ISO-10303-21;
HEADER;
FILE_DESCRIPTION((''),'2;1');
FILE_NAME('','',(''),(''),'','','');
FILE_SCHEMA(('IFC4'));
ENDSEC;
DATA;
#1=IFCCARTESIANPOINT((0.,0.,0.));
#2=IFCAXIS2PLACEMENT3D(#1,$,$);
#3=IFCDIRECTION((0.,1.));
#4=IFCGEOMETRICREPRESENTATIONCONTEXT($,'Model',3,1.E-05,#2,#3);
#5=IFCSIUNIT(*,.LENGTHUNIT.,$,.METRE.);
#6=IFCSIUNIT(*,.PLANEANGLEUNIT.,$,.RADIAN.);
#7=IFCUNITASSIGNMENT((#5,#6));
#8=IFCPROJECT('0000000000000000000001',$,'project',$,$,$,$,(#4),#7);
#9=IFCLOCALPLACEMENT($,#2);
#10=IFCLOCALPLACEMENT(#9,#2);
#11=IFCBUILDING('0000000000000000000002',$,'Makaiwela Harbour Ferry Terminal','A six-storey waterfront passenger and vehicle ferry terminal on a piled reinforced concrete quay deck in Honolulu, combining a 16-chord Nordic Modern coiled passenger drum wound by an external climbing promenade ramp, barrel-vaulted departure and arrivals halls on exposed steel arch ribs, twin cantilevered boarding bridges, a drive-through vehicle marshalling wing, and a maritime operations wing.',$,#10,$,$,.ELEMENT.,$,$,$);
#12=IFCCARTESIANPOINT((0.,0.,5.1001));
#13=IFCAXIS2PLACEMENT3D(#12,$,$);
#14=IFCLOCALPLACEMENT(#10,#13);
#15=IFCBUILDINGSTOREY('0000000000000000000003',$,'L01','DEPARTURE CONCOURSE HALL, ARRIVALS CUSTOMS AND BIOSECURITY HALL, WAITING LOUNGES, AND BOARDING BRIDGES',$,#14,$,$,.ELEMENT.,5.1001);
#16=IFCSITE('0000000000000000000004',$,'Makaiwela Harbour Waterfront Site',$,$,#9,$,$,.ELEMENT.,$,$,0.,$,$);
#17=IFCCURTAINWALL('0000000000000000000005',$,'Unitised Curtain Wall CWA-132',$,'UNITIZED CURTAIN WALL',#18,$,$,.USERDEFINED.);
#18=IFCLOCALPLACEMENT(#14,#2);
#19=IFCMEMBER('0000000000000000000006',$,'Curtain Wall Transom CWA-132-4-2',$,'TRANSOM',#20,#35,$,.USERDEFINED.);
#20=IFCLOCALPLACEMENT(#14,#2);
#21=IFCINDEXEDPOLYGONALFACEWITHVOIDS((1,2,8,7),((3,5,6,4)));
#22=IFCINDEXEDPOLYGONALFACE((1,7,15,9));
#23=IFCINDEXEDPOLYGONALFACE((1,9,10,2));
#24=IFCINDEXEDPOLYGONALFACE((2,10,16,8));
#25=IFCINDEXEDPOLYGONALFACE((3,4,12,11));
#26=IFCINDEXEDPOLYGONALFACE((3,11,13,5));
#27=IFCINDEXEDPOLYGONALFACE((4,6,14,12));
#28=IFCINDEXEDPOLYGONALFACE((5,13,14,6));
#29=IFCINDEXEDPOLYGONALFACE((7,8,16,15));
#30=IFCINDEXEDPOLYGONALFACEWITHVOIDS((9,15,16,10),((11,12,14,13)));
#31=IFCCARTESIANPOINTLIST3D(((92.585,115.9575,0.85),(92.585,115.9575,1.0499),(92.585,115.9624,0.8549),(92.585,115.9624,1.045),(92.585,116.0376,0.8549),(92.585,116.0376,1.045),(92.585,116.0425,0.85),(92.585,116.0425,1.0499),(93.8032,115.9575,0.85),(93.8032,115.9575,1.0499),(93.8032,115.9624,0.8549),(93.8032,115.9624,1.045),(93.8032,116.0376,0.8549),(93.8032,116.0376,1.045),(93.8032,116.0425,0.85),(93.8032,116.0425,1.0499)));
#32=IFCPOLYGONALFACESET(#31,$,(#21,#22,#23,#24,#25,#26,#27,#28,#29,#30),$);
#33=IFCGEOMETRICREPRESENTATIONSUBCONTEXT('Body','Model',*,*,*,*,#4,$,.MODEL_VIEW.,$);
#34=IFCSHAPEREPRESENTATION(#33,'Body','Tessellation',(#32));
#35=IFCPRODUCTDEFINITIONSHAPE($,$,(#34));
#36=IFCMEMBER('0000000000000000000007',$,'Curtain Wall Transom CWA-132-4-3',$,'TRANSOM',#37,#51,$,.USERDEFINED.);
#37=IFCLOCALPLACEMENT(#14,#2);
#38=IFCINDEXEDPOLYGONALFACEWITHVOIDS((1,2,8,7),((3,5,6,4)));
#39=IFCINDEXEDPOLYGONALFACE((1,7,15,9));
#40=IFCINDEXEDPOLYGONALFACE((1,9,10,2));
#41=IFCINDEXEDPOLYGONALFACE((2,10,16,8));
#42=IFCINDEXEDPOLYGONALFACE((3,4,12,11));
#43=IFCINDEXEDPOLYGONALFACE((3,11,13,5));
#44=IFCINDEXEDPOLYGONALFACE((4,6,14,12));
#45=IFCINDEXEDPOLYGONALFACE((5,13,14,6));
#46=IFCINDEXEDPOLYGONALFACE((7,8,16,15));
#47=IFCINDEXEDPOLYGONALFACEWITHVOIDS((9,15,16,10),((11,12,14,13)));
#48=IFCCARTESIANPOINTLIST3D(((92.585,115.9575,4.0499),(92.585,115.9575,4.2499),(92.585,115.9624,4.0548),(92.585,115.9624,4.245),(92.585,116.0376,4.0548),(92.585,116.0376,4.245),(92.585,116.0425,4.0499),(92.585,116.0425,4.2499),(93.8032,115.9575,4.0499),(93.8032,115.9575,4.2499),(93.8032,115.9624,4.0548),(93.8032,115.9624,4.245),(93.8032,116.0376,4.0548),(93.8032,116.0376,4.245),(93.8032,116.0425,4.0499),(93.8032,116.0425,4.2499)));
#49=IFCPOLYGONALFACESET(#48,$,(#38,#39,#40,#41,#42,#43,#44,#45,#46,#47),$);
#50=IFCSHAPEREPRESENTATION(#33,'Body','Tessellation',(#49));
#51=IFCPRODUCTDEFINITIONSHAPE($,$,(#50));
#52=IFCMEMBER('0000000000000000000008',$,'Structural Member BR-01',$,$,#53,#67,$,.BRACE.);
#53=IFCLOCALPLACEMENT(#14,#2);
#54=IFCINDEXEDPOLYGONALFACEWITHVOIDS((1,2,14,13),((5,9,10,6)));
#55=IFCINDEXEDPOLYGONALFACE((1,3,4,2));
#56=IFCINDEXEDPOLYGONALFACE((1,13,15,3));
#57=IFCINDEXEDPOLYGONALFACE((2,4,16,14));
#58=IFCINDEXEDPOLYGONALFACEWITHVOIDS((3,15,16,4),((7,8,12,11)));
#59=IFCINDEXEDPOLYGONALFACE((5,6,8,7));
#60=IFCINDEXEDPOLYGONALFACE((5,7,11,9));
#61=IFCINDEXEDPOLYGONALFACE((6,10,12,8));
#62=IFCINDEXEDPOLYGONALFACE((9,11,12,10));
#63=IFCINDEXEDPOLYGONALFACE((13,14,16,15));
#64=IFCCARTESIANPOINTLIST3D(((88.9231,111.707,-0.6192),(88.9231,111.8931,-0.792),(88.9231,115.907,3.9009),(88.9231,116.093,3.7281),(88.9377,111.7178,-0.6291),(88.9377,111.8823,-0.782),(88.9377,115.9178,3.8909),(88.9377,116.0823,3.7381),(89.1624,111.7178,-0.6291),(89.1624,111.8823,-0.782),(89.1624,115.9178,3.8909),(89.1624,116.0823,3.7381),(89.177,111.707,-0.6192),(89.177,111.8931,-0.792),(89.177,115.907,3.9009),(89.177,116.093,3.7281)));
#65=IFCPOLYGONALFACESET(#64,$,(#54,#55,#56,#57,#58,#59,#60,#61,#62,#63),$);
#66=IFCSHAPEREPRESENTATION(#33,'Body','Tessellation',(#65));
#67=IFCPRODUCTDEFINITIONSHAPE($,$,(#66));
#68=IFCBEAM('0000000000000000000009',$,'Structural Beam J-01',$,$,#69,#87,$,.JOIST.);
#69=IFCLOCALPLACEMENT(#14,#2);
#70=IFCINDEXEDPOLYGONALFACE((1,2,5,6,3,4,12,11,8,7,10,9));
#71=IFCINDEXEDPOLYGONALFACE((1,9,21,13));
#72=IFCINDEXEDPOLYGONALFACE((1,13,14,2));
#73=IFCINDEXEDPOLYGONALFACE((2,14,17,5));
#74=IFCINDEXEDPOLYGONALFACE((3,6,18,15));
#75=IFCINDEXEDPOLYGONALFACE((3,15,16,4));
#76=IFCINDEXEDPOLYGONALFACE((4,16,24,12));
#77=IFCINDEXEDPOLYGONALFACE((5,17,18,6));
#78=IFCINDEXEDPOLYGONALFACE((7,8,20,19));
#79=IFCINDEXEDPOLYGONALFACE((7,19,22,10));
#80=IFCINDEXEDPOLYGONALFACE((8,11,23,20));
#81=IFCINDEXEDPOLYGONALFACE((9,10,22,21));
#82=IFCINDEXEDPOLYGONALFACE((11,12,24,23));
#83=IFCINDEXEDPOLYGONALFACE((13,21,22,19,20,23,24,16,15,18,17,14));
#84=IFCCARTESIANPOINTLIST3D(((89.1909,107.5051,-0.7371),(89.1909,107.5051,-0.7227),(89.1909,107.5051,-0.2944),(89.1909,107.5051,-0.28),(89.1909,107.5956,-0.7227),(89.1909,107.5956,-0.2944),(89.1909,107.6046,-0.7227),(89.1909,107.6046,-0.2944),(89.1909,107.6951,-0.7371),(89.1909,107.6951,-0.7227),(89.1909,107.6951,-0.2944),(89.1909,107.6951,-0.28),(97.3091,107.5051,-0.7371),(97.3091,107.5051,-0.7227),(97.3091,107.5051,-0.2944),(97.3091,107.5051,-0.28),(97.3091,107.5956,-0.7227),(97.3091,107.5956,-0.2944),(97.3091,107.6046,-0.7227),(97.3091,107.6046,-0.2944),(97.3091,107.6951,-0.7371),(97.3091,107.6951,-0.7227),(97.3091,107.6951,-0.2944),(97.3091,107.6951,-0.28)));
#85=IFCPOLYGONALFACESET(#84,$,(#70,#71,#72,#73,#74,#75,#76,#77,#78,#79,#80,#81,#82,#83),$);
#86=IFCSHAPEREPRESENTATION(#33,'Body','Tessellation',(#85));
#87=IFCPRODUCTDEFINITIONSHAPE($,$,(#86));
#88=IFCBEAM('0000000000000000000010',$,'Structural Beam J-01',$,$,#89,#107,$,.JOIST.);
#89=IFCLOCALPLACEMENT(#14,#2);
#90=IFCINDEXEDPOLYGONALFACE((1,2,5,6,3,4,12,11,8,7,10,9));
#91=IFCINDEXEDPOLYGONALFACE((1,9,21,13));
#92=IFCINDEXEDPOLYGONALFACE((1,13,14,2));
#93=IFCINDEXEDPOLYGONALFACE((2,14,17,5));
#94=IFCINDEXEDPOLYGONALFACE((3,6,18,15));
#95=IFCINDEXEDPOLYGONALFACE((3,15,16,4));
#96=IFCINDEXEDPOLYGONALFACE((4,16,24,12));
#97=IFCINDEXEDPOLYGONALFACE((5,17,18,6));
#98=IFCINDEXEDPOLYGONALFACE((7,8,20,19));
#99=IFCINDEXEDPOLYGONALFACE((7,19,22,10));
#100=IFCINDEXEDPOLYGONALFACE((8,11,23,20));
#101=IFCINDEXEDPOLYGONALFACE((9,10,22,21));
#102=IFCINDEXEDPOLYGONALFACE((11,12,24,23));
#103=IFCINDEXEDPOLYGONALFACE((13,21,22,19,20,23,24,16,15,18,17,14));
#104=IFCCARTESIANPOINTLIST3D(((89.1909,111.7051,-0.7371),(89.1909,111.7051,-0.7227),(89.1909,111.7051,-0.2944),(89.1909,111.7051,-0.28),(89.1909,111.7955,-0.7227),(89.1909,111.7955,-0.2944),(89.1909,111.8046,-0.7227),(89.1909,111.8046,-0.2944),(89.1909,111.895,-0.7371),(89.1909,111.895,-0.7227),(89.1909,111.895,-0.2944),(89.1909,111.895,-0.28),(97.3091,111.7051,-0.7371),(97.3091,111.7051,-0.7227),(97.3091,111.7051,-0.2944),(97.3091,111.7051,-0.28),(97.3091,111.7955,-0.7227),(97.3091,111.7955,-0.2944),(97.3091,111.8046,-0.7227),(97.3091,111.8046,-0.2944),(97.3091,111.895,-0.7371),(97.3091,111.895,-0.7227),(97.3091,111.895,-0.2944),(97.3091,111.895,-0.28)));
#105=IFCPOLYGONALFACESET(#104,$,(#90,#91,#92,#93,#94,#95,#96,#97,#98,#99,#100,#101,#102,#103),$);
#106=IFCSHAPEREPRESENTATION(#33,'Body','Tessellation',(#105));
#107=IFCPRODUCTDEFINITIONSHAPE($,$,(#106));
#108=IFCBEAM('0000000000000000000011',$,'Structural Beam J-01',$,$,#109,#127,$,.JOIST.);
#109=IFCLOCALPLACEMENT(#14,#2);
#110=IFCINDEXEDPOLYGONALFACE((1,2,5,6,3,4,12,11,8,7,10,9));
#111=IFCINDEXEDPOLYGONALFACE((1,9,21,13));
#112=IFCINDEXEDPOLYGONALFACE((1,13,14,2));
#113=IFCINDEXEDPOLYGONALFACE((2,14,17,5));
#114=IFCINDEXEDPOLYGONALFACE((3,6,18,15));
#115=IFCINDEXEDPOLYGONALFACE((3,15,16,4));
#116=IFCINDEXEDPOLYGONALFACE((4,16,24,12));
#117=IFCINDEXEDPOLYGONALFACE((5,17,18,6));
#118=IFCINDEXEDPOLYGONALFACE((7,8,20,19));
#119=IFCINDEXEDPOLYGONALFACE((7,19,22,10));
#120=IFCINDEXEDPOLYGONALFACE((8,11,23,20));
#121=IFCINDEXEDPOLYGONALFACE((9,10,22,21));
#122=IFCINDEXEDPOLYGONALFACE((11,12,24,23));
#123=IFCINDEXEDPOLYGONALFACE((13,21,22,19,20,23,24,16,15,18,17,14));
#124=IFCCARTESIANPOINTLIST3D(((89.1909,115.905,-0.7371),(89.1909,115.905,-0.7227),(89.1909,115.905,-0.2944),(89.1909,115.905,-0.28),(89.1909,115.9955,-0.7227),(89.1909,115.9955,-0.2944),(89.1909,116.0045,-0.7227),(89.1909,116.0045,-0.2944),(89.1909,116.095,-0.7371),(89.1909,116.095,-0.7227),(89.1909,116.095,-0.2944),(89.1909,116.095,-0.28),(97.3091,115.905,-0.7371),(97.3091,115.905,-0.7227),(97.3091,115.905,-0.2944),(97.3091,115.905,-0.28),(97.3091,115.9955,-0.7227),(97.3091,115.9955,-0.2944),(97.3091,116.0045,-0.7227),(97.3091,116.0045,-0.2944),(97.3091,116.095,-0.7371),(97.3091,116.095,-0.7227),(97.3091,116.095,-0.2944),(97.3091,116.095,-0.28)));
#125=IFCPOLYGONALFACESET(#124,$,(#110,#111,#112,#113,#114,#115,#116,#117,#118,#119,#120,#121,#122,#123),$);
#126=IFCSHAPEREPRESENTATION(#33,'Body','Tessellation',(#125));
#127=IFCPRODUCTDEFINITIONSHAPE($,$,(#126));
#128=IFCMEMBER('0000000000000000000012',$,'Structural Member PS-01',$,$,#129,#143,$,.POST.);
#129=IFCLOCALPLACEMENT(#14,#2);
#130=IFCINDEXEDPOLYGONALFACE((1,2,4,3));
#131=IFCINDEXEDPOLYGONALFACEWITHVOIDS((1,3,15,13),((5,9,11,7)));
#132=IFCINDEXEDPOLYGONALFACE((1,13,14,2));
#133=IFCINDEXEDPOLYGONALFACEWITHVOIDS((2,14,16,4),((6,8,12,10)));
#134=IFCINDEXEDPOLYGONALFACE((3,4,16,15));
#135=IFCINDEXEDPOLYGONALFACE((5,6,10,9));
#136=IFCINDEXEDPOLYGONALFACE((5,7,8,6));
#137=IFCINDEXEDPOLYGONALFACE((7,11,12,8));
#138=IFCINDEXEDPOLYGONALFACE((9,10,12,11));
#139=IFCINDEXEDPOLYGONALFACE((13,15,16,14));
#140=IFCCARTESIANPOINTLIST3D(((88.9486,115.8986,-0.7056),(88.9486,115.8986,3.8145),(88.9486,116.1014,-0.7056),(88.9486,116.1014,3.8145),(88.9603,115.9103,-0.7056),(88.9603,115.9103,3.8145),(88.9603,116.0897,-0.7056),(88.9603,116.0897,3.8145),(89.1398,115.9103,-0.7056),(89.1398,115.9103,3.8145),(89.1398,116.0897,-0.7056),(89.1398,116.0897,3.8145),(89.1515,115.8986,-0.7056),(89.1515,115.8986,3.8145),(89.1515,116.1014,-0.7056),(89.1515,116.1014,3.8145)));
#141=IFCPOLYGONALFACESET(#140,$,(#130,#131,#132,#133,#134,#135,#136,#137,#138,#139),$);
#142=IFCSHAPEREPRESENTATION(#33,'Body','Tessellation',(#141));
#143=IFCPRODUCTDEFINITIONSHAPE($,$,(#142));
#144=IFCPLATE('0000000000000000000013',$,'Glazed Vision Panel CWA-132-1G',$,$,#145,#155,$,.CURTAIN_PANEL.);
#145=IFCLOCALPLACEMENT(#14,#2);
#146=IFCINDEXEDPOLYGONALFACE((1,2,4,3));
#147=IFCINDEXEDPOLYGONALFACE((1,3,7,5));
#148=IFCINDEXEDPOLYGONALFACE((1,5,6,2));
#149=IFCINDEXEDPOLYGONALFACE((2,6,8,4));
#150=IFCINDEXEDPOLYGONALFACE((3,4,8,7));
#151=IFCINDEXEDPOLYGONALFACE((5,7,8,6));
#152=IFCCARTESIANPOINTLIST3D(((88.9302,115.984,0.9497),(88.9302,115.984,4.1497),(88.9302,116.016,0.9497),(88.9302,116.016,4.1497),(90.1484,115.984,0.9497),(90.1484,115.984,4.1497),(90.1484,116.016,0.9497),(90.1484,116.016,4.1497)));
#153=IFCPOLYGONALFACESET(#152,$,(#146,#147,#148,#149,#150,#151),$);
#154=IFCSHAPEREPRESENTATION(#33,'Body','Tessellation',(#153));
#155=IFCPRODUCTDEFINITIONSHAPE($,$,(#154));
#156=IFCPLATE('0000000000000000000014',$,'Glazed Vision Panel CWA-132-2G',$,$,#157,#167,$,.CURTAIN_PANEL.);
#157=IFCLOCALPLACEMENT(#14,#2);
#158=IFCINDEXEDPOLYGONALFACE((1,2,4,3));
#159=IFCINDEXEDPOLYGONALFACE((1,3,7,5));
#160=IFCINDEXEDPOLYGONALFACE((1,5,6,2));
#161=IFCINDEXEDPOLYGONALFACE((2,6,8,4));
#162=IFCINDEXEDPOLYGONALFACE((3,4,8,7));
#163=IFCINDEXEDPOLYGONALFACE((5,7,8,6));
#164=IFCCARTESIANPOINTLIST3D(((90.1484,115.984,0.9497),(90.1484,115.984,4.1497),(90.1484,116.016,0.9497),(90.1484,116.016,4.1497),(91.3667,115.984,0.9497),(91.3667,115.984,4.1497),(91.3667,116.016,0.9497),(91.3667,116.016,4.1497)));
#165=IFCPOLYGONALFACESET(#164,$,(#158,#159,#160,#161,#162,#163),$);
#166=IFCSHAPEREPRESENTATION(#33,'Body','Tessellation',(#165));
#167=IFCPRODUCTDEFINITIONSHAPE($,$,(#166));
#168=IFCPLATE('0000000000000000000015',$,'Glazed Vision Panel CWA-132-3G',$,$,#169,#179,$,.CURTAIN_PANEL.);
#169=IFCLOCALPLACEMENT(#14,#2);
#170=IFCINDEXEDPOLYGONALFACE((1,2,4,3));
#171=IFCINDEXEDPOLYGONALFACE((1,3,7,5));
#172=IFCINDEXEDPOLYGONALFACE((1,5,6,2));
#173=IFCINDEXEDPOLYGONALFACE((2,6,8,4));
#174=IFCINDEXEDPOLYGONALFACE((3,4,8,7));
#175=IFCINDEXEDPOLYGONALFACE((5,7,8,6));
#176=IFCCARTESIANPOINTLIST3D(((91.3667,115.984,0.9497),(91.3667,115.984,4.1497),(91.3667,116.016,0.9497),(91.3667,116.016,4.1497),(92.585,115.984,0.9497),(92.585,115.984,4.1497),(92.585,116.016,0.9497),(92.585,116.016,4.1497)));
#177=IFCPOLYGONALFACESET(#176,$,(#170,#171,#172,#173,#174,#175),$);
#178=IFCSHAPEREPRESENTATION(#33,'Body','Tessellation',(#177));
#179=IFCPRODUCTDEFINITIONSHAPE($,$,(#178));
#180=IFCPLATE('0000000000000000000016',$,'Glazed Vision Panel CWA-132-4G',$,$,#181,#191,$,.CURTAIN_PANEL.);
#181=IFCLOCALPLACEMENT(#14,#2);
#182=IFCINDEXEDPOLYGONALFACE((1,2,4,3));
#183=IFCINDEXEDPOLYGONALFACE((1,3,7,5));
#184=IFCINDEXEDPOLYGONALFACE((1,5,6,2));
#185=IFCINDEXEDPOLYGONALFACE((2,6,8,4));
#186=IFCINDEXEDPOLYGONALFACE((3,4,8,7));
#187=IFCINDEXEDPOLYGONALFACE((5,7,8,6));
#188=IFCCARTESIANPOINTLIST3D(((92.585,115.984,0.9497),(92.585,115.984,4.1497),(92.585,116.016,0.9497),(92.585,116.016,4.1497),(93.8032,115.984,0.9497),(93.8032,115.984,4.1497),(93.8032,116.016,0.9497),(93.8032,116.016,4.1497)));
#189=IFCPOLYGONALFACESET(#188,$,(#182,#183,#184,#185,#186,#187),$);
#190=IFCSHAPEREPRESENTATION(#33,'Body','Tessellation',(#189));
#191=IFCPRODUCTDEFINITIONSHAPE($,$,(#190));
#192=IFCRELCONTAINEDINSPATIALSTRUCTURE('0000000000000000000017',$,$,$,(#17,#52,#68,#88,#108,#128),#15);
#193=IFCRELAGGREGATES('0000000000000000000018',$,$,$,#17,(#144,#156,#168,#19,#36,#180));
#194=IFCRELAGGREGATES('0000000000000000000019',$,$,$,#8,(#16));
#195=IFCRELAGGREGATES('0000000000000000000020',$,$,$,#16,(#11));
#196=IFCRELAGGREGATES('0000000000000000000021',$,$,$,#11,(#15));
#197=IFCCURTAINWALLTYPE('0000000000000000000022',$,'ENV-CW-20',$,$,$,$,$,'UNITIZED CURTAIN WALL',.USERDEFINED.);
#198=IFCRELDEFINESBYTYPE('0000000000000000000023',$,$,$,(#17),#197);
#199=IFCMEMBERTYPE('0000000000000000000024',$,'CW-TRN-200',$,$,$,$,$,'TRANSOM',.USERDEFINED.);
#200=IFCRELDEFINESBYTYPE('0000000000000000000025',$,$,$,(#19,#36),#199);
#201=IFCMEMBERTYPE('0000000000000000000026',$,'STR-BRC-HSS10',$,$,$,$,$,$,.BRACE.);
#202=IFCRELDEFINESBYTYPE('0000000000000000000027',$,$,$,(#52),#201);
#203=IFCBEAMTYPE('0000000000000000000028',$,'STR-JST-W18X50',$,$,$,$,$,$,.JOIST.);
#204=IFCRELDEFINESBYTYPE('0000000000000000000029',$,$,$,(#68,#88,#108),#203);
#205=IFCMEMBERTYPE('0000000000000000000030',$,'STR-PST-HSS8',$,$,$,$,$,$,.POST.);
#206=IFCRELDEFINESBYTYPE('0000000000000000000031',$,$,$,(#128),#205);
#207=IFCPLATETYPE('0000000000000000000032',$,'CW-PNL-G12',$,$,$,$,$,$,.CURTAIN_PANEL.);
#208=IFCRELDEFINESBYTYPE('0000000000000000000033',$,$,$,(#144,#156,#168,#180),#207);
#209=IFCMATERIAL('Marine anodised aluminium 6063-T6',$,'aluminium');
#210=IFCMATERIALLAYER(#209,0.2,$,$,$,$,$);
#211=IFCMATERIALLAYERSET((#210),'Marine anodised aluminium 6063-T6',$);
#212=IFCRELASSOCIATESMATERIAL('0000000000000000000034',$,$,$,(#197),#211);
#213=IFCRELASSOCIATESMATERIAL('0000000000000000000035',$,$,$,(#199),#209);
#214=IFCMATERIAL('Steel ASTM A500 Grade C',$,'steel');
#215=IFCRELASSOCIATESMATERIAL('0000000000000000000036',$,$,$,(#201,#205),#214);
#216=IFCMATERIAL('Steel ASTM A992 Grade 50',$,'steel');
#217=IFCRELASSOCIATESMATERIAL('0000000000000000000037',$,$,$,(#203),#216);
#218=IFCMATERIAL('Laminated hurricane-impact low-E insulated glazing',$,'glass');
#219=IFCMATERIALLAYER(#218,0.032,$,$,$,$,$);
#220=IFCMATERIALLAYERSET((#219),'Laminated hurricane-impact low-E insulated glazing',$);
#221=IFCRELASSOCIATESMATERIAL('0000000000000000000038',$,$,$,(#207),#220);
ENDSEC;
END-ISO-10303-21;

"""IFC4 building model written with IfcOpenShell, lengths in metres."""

from ifc_helpers import new_model, si_unit, direction, frame, origin, origin_2d, place, context, subcontext, project, spatial, rectangle, hollow_rectangle, i_section, extrude, material, layer, layer_set, material_profile, profile_set, type_object, element, aggregate, save


model = new_model("IFC4")

# Units and contexts
model_context = context("Model", 3, precision=1e-05, world=origin(), true_north=direction((0.0, 1.0)))
body_context = subcontext(model_context, "Body", "Model", "MODEL_VIEW")
ifc_project = project(units=[si_unit("LENGTHUNIT", "METRE"), si_unit("PLANEANGLEUNIT", "RADIAN")], contexts=[model_context])

# Site, building, storey
site_placement = place(None, origin())
site = spatial("IfcSite", under=ifc_project, at=site_placement, Name="Makaiwela Harbour Waterfront Site", CompositionType="ELEMENT", RefElevation=0.0)
building_placement = place(site_placement, origin())
building = spatial("IfcBuilding", under=site, at=building_placement, Name="Makaiwela Harbour Ferry Terminal", Description="A six-storey waterfront passenger and vehicle ferry terminal on a piled reinforced concrete quay deck in Honolulu, combining a 16-chord Nordic Modern coiled passenger drum wound by an external climbing promenade ramp, barrel-vaulted departure and arrivals halls on exposed steel arch ribs, twin cantilevered boarding bridges, a drive-through vehicle marshalling wing, and a maritime operations wing.", CompositionType="ELEMENT")
storey_placement = place(building_placement, frame((0.0, 0.0, 5.1001)))
storey = spatial("IfcBuildingStorey", under=building, at=storey_placement, Name="L01", Description="DEPARTURE CONCOURSE HALL, ARRIVALS CUSTOMS AND BIOSECURITY HALL, WAITING LOUNGES, AND BOARDING BRIDGES", CompositionType="ELEMENT", Elevation=5.1001)

# Curtain wall, members
ifc_material_1 = material(Name="Marine anodised aluminium 6063-T6", Category="aluminium")
ifc_layer_1 = layer(ifc_material_1, 0.2)
ifc_layer_set_1 = layer_set([ifc_layer_1], Name="Marine anodised aluminium 6063-T6")
curtain_wall_type = type_object("IfcCurtainWallType", Name="ENV-CW-20", ElementType="UNITIZED CURTAIN WALL", PredefinedType="USERDEFINED", material=ifc_layer_set_1)
curtain_wall_placement = place(storey_placement, origin())
curtain_wall = element("IfcCurtainWall", 1, at=curtain_wall_placement, inside=storey, type_object=curtain_wall_type, Name="Unitised Curtain Wall CWA-132", ObjectType="UNITIZED CURTAIN WALL", PredefinedType="USERDEFINED")
ifc_material_profile_1 = material_profile(ifc_material_1, hollow_rectangle(XDim=0.085, YDim=0.2, WallThickness=0.0049, at=origin_2d()), Name="CWT-200X85")
ifc_profile_set_1 = profile_set([ifc_material_profile_1], Name="Marine anodised aluminium 6063-T6")
member_type_1 = type_object("IfcMemberType", Name="CW-TRN-200", ElementType="TRANSOM", PredefinedType="USERDEFINED", material=ifc_profile_set_1)
member_1_placement = place(storey_placement, frame((92.585, 116.0, 0.95), z_axis=(1.0, 0.0, 0.0), x_axis=(0.0, 1.0, 0.0)))
member_1 = element("IfcMember", 2, at=member_1_placement, type_object=member_type_1, Name="Curtain Wall Transom CWA-132-4-2", ObjectType="TRANSOM", PredefinedType="USERDEFINED", context=body_context, shape_type="SweptSolid", body=[
    extrude(hollow_rectangle(XDim=0.085, YDim=0.2, WallThickness=0.0049, at=origin_2d()), origin(), (0.0, 0.0, 1.0), 1.2183),
])
member_2_placement = place(storey_placement, frame((92.585, 116.0, 4.1499), z_axis=(1.0, 0.0, 0.0), x_axis=(0.0, 1.0, 0.0)))
member_2 = element("IfcMember", 3, at=member_2_placement, type_object=member_type_1, Name="Curtain Wall Transom CWA-132-4-3", ObjectType="TRANSOM", PredefinedType="USERDEFINED", context=body_context, shape_type="SweptSolid", body=[
    extrude(hollow_rectangle(XDim=0.085, YDim=0.2, WallThickness=0.0049, at=origin_2d()), origin(), (0.0, 0.0, 1.0), 1.2183),
])

# Member
ifc_material_2 = material(Name="Steel ASTM A500 Grade C", Category="steel")
ifc_material_profile_2 = material_profile(ifc_material_2, hollow_rectangle(XDim=0.2539, YDim=0.2539, WallThickness=0.0146, at=origin_2d()), Name="HSS10X10X5/8")
ifc_profile_set_2 = profile_set([ifc_material_profile_2], Name="Steel ASTM A500 Grade C")
member_type_2 = type_object("IfcMemberType", Name="STR-BRC-HSS10", PredefinedType="BRACE", material=ifc_profile_set_2)
member_3_placement = place(storey_placement, frame((89.05, 111.8, -0.7056), z_axis=(0.0, 0.680694, 0.732568), x_axis=(-1.0, 0.0, 0.0)))
element("IfcMember", 4, at=member_3_placement, inside=storey, type_object=member_type_2, Name="Structural Member BR-01", PredefinedType="BRACE", context=body_context, shape_type="SweptSolid", body=[
    extrude(hollow_rectangle(XDim=0.2539, YDim=0.2539, WallThickness=0.0146, at=origin_2d()), origin(), (0.0, 0.0, 1.0), 6.1702),
])

# Beams
ifc_material_3 = material(Name="Steel ASTM A992 Grade 50", Category="steel")
ifc_material_profile_3 = material_profile(ifc_material_3, i_section(OverallWidth=0.1899, OverallDepth=0.457, WebThickness=0.009, FlangeThickness=0.0144, at=origin_2d()), Name="W18X50")
ifc_profile_set_3 = profile_set([ifc_material_profile_3], Name="Steel ASTM A992 Grade 50")
beam_type = type_object("IfcBeamType", Name="STR-JST-W18X50", PredefinedType="JOIST", material=ifc_profile_set_3)
for number, where, z_axis, x_axis, name in (
    (5, (89.1909, 107.6001, -0.5085), (1.0, 0.0, 0.0), (0.0, 1.0, 0.0), "Structural Beam J-01"),
    (6, (89.1909, 111.8, -0.5085), (1.0, 0.0, 0.0), (0.0, 1.0, 0.0), "Structural Beam J-01"),
    (7, (89.1909, 116.0, -0.5085), (1.0, 0.0, 0.0), (0.0, 1.0, 0.0), "Structural Beam J-01"),
):
    element("IfcBeam", number, at=place(storey_placement, frame(where, z_axis=z_axis, x_axis=x_axis)), inside=storey, type_object=beam_type, Name=name, PredefinedType="JOIST", context=body_context, shape_type="SweptSolid", body=[
        extrude(i_section(OverallWidth=0.1899, OverallDepth=0.457, WebThickness=0.009, FlangeThickness=0.0144, at=origin_2d()), origin(), (0.0, 0.0, 1.0), 8.1182),
    ])

# Member
ifc_material_profile_4 = material_profile(ifc_material_2, hollow_rectangle(XDim=0.2029, YDim=0.2029, WallThickness=0.0117, at=origin_2d()), Name="HSS8X8X1/2")
ifc_profile_set_4 = profile_set([ifc_material_profile_4], Name="Steel ASTM A500 Grade C")
member_type_3 = type_object("IfcMemberType", Name="STR-PST-HSS8", PredefinedType="POST", material=ifc_profile_set_4)
member_4_placement = place(storey_placement, frame((89.05, 116.0, -0.7056), z_axis=(0.0, 0.0, 1.0), x_axis=(1.0, 0.0, 0.0)))
element("IfcMember", 8, at=member_4_placement, inside=storey, type_object=member_type_3, Name="Structural Member PS-01", PredefinedType="POST", context=body_context, shape_type="SweptSolid", body=[
    extrude(hollow_rectangle(XDim=0.2029, YDim=0.2029, WallThickness=0.0117, at=origin_2d()), origin(), (0.0, 0.0, 1.0), 4.52),
])

# Plates
ifc_material_4 = material(Name="Laminated hurricane-impact low-E insulated glazing", Category="glass")
ifc_layer_2 = layer(ifc_material_4, 0.032)
ifc_layer_set_2 = layer_set([ifc_layer_2], Name="Laminated hurricane-impact low-E insulated glazing")
plate_type_1 = type_object("IfcPlateType", Name="CW-PNL-G12", PredefinedType="CURTAIN_PANEL", material=ifc_layer_set_2)
plate_1_placement = place(storey_placement, frame((89.5393, 116.0, 0.9497), z_axis=(0.0, 0.0, 1.0), x_axis=(1.0, 0.0, 0.0)))
plate_1 = element("IfcPlate", 9, at=plate_1_placement, type_object=plate_type_1, Name="Glazed Vision Panel CWA-132-1G", PredefinedType="CURTAIN_PANEL", context=body_context, shape_type="SweptSolid", body=[
    extrude(rectangle(XDim=1.2183, YDim=0.032, at=origin_2d()), origin(), (0.0, 0.0, 1.0), 3.2),
])
plate_2_placement = place(storey_placement, frame((90.7576, 116.0, 0.9497), z_axis=(0.0, 0.0, 1.0), x_axis=(1.0, 0.0, 0.0)))
plate_2 = element("IfcPlate", 10, at=plate_2_placement, type_object=plate_type_1, Name="Glazed Vision Panel CWA-132-2G", PredefinedType="CURTAIN_PANEL", context=body_context, shape_type="SweptSolid", body=[
    extrude(rectangle(XDim=1.2183, YDim=0.032, at=origin_2d()), origin(), (0.0, 0.0, 1.0), 3.2),
])
plate_3_placement = place(storey_placement, frame((91.9758, 116.0, 0.9497), z_axis=(0.0, 0.0, 1.0), x_axis=(1.0, 0.0, 0.0)))
plate_3 = element("IfcPlate", 11, at=plate_3_placement, type_object=plate_type_1, Name="Glazed Vision Panel CWA-132-3G", PredefinedType="CURTAIN_PANEL", context=body_context, shape_type="SweptSolid", body=[
    extrude(rectangle(XDim=1.2183, YDim=0.032, at=origin_2d()), origin(), (0.0, 0.0, 1.0), 3.2),
])
plate_4_placement = place(storey_placement, frame((93.1941, 116.0, 0.9497), z_axis=(0.0, 0.0, 1.0), x_axis=(1.0, 0.0, 0.0)))
plate_4 = element("IfcPlate", 12, at=plate_4_placement, type_object=plate_type_1, Name="Glazed Vision Panel CWA-132-4G", PredefinedType="CURTAIN_PANEL", context=body_context, shape_type="SweptSolid", body=[
    extrude(rectangle(XDim=1.2183, YDim=0.032, at=origin_2d()), origin(), (0.0, 0.0, 1.0), 3.2),
])
aggregate(curtain_wall, [plate_1, plate_2, plate_3, member_1, member_2, plate_4])

save(model, "model.ifc")
